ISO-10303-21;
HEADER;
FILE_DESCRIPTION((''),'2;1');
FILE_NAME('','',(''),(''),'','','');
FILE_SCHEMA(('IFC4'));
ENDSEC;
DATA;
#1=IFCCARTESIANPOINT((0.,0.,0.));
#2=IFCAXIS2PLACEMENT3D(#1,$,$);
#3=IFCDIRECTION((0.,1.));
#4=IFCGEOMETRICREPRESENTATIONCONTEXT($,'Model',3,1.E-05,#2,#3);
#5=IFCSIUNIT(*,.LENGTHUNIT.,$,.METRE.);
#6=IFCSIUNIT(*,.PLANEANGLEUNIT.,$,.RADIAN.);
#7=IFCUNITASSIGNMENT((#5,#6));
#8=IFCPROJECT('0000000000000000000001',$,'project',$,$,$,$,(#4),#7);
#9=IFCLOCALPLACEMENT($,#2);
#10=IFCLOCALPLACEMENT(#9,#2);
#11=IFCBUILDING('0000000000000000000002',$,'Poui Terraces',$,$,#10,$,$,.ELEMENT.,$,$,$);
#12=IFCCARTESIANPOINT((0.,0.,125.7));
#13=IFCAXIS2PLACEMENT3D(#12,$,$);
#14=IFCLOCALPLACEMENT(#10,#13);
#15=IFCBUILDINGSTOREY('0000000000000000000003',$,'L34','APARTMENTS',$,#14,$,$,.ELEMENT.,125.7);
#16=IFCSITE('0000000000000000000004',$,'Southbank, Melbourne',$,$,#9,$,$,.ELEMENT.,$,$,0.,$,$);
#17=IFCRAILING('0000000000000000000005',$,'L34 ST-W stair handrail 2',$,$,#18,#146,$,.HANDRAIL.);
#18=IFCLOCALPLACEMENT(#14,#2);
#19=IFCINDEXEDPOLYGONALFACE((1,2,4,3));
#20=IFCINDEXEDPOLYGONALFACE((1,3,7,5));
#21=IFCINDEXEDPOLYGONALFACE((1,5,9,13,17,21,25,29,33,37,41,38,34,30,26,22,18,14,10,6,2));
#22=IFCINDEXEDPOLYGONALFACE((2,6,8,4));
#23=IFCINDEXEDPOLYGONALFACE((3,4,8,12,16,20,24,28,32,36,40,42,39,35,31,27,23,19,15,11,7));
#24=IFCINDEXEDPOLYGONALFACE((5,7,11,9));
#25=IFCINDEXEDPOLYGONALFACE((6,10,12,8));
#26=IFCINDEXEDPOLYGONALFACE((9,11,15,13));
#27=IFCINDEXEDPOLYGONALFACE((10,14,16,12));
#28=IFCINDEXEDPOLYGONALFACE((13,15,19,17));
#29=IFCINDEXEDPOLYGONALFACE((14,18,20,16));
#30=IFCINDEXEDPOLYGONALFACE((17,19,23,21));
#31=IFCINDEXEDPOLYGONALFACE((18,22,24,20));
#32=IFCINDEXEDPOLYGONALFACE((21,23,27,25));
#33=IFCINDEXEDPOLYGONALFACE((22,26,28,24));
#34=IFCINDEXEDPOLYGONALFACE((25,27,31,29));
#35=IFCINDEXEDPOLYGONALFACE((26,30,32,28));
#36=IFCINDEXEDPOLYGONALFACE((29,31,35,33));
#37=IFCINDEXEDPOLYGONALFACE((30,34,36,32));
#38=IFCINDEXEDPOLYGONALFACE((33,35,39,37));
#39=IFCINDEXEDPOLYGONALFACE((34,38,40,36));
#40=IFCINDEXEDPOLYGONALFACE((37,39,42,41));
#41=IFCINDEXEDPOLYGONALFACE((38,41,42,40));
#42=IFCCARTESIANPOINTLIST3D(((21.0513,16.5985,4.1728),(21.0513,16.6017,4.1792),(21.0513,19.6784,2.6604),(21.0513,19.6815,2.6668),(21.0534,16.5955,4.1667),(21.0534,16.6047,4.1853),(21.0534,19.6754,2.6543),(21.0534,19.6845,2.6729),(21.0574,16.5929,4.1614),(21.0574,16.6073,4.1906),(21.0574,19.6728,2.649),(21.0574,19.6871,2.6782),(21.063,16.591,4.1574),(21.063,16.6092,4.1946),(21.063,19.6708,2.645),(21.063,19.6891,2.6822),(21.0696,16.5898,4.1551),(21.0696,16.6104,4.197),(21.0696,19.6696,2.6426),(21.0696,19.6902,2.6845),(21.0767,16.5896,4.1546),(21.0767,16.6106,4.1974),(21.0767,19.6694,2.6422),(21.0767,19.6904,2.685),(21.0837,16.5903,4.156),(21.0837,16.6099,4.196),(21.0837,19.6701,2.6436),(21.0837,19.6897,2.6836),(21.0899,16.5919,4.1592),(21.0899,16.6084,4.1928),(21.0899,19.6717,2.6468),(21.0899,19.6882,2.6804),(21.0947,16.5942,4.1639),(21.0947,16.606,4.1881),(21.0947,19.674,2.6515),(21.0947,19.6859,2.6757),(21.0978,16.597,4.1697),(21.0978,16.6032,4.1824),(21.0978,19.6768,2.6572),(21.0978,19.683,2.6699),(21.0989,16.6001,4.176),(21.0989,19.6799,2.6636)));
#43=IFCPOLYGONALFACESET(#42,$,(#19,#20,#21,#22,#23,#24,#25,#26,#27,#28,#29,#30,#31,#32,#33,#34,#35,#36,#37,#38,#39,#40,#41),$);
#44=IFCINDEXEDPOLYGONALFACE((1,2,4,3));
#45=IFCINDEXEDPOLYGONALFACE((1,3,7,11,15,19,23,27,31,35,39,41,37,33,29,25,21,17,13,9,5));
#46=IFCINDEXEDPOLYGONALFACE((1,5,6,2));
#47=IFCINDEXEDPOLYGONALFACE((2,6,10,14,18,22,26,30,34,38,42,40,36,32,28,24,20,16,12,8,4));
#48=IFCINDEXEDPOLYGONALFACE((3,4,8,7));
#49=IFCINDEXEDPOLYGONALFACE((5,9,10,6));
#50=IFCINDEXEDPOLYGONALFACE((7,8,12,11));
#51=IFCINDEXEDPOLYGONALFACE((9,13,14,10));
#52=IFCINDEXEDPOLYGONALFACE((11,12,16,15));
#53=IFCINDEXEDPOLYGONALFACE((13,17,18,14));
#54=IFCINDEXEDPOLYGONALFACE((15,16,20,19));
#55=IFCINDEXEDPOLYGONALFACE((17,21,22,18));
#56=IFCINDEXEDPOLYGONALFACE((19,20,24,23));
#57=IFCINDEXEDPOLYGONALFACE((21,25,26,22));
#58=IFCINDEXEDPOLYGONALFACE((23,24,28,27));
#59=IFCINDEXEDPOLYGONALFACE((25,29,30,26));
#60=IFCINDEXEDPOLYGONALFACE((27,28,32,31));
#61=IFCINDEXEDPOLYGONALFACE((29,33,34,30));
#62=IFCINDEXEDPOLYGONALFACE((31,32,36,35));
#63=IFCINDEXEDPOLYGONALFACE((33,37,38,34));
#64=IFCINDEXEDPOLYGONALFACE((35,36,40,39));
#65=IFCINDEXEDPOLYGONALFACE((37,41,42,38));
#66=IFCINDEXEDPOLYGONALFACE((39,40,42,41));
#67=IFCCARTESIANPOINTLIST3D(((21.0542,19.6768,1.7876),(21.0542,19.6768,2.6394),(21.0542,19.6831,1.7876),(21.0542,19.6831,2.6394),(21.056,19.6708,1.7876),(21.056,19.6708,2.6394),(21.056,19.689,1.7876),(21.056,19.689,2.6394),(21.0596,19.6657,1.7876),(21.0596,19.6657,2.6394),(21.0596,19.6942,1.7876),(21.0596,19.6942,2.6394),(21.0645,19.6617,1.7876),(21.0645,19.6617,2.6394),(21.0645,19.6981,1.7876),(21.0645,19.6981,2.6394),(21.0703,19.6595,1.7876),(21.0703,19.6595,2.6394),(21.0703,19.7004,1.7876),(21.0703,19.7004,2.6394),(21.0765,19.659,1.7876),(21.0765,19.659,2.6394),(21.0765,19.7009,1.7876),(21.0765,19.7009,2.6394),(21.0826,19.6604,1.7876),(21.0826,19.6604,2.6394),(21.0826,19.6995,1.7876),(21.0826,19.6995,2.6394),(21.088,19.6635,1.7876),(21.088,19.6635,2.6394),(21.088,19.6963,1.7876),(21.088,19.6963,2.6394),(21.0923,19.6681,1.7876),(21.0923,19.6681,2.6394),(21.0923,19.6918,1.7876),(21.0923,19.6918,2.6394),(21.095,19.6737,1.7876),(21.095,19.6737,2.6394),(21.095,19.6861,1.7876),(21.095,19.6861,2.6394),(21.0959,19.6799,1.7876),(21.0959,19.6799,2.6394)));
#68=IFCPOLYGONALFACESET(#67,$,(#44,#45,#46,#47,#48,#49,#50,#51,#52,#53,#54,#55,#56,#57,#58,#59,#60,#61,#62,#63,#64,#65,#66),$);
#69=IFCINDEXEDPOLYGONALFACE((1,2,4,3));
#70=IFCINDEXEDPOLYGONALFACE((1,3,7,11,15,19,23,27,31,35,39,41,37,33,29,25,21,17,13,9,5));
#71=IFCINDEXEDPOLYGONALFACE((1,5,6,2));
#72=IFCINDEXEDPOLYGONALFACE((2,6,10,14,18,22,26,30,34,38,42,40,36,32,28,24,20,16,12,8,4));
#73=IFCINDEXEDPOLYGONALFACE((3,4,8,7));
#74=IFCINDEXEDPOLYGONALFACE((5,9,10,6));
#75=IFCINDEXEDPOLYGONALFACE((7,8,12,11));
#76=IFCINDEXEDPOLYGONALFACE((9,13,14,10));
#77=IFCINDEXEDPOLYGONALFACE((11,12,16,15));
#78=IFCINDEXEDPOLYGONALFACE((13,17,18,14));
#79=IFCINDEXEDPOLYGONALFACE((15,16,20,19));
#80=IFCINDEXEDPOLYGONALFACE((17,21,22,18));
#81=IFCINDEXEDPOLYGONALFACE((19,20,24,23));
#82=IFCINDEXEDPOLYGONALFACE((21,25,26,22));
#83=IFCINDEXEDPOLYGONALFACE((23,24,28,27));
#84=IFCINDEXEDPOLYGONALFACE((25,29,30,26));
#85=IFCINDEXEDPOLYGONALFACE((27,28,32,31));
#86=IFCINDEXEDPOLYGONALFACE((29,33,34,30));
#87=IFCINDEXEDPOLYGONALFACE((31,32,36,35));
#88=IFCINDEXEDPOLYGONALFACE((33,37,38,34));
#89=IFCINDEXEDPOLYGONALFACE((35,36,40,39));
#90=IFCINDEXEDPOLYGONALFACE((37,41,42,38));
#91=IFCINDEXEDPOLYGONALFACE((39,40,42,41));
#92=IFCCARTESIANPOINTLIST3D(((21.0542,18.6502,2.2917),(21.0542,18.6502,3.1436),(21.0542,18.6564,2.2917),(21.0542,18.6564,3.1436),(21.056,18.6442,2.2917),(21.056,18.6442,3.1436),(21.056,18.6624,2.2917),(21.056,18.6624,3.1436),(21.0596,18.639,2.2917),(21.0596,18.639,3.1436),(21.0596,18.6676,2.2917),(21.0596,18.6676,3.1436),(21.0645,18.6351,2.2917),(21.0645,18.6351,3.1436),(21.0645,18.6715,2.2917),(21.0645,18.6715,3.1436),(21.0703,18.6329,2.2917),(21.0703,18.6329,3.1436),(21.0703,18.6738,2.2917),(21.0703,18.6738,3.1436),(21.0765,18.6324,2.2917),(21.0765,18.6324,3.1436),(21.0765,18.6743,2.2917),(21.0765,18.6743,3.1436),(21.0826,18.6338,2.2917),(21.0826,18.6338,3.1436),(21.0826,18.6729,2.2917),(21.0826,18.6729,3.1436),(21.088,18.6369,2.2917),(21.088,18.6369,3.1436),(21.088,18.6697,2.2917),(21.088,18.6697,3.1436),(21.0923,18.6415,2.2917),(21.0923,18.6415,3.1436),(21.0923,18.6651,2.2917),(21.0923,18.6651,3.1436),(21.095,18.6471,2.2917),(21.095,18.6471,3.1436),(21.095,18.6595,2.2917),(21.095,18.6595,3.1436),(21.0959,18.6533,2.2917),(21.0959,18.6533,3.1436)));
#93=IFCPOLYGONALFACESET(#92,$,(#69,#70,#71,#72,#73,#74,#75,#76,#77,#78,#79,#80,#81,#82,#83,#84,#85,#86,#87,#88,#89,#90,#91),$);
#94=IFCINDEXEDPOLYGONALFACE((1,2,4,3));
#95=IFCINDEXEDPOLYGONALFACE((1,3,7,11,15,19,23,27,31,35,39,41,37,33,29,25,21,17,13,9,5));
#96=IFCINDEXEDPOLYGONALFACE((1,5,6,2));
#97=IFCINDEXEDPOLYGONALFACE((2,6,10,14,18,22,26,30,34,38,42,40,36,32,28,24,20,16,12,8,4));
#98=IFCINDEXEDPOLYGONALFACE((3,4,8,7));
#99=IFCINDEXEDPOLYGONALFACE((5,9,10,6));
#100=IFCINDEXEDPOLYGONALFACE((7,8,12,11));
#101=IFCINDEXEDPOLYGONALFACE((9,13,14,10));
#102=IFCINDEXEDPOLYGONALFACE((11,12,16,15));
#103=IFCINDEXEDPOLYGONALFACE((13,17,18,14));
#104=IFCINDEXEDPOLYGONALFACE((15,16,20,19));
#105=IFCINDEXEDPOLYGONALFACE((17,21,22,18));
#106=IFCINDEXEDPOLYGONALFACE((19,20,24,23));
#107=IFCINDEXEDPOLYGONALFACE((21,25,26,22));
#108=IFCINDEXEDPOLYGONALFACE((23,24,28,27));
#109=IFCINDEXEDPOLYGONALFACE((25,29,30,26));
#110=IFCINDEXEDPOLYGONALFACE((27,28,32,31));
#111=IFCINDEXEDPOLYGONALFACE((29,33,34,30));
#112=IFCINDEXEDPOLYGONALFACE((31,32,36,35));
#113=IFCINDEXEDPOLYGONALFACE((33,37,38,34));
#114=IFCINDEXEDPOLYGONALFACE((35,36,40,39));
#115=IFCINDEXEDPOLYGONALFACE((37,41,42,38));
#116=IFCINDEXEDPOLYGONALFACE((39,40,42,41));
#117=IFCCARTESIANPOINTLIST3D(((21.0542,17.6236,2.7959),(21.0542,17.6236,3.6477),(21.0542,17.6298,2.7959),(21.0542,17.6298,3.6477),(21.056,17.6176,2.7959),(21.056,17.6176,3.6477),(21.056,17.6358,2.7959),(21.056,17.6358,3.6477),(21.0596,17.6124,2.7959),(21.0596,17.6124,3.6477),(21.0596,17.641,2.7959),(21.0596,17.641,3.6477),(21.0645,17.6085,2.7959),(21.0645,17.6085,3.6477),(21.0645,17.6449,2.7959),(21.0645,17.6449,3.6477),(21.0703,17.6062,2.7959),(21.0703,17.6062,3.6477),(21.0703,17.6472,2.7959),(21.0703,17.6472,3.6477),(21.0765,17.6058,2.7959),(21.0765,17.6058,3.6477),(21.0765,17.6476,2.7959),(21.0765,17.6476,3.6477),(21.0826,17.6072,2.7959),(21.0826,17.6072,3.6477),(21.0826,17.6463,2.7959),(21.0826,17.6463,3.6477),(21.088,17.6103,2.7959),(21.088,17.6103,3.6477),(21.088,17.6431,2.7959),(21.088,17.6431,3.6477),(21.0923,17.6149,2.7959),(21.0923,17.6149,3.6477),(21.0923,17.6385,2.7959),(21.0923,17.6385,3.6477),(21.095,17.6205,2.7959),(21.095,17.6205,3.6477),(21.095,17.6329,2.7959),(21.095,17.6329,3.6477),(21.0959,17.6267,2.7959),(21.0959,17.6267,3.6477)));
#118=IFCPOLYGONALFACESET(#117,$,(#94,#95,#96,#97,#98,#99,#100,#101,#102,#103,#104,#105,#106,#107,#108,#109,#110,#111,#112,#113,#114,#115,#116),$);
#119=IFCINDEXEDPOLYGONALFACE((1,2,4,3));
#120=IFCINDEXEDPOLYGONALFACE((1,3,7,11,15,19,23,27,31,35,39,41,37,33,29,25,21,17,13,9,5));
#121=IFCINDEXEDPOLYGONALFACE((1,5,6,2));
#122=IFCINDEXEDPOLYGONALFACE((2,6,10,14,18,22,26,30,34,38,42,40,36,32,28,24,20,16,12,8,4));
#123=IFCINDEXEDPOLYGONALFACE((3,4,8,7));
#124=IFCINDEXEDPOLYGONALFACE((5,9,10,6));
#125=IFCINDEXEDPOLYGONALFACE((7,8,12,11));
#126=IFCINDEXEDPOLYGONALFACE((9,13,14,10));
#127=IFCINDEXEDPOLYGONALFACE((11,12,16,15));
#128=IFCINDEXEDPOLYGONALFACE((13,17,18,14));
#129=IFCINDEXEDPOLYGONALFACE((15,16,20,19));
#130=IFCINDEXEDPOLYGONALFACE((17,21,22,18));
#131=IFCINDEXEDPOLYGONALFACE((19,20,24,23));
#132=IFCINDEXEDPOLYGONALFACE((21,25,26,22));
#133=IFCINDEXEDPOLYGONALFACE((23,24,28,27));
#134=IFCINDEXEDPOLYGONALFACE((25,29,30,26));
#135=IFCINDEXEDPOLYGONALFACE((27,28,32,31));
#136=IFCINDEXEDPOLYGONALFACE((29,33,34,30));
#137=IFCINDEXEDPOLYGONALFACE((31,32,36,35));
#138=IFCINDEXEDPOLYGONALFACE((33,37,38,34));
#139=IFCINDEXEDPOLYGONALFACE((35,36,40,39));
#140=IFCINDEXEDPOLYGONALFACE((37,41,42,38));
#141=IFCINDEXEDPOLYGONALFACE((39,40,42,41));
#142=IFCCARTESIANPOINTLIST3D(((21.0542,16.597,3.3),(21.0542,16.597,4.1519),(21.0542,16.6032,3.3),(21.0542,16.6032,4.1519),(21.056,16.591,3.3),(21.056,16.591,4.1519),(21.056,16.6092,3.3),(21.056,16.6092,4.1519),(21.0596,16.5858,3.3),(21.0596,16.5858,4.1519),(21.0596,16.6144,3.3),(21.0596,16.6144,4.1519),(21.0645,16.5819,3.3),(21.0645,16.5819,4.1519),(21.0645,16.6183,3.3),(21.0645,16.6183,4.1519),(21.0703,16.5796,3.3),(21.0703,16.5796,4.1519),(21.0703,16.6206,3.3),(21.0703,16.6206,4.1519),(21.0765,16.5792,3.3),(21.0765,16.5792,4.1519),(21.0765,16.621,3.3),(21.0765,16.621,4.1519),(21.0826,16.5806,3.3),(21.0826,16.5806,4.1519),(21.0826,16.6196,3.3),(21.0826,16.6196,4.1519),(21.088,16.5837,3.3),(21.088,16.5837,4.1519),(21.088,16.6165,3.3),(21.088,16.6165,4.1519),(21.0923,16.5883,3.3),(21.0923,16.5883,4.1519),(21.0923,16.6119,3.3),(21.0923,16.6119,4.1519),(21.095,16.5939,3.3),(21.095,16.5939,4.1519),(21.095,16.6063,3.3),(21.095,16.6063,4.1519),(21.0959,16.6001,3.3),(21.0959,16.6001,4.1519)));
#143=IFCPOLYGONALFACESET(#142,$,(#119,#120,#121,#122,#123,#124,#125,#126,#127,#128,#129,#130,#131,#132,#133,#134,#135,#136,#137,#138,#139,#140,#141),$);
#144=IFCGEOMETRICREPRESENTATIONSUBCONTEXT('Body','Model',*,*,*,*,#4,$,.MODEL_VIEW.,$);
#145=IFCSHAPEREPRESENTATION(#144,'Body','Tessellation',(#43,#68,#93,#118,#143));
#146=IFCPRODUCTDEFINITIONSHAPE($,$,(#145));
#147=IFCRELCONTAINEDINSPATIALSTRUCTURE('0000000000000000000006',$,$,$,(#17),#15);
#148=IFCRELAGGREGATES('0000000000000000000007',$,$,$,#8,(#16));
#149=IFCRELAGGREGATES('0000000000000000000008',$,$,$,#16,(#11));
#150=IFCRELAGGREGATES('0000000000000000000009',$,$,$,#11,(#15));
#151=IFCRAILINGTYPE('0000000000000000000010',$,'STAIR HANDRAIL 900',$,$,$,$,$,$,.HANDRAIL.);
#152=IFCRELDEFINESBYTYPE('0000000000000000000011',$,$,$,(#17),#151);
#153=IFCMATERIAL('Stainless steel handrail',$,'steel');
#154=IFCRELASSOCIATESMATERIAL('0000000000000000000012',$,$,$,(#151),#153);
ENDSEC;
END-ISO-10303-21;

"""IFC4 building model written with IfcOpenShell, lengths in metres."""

from ifc_helpers import new_model, si_unit, direction, frame, origin, origin_2d, place, context, subcontext, project, spatial, circle, extrude, material, type_object, element, save


model = new_model("IFC4")

# Units and contexts
model_context = context("Model", 3, precision=1e-05, world=origin(), true_north=direction((0.0, 1.0)))
body_context = subcontext(model_context, "Body", "Model", "MODEL_VIEW")
ifc_project = project(units=[si_unit("LENGTHUNIT", "METRE"), si_unit("PLANEANGLEUNIT", "RADIAN")], contexts=[model_context])

# Site, building, storey
site_placement = place(None, origin())
site = spatial("IfcSite", under=ifc_project, at=site_placement, Name="Southbank, Melbourne", CompositionType="ELEMENT", RefElevation=0.0)
building_placement = place(site_placement, origin())
building = spatial("IfcBuilding", under=site, at=building_placement, Name="Poui Terraces", CompositionType="ELEMENT")
storey_placement = place(building_placement, frame((0.0, 0.0, 125.7)))
storey = spatial("IfcBuildingStorey", under=building, at=storey_placement, Name="L34", Description="APARTMENTS", CompositionType="ELEMENT", Elevation=125.7)

# Railing
ifc_material_1 = material(Name="Stainless steel handrail", Category="steel")
railing_type_1 = type_object("IfcRailingType", Name="STAIR HANDRAIL 900", PredefinedType="HANDRAIL", material=ifc_material_1)
railing_1_placement = place(storey_placement, frame((21.075, 19.6799, 1.7876)))
element("IfcRailing", 1, at=railing_1_placement, inside=storey, type_object=railing_type_1, Name="L34 ST-W stair handrail 2", PredefinedType="HANDRAIL", context=body_context, shape_type="SweptSolid", body=[
    extrude(circle(Radius=0.0239, at=origin_2d()), frame((0.0, 0.0, 0.876), z_axis=(0.0, -0.897606, 0.440798), x_axis=(1.0, 0.0, 0.0)), (0.0, 0.0, 1.0), 3.4312),
    extrude(circle(Radius=0.021, at=origin_2d()), origin(), (0.0, 0.0, 1.0), 0.8518),
    extrude(circle(Radius=0.021, at=origin_2d()), frame((0.0, -1.0266, 0.5042)), (0.0, 0.0, 1.0), 0.8518),
    extrude(circle(Radius=0.021, at=origin_2d()), frame((0.0, -2.0532, 1.0083)), (0.0, 0.0, 1.0), 0.8518),
    extrude(circle(Radius=0.021, at=origin_2d()), frame((0.0, -3.0798, 1.5125)), (0.0, 0.0, 1.0), 0.8518),
])

save(model, "model.ifc")
